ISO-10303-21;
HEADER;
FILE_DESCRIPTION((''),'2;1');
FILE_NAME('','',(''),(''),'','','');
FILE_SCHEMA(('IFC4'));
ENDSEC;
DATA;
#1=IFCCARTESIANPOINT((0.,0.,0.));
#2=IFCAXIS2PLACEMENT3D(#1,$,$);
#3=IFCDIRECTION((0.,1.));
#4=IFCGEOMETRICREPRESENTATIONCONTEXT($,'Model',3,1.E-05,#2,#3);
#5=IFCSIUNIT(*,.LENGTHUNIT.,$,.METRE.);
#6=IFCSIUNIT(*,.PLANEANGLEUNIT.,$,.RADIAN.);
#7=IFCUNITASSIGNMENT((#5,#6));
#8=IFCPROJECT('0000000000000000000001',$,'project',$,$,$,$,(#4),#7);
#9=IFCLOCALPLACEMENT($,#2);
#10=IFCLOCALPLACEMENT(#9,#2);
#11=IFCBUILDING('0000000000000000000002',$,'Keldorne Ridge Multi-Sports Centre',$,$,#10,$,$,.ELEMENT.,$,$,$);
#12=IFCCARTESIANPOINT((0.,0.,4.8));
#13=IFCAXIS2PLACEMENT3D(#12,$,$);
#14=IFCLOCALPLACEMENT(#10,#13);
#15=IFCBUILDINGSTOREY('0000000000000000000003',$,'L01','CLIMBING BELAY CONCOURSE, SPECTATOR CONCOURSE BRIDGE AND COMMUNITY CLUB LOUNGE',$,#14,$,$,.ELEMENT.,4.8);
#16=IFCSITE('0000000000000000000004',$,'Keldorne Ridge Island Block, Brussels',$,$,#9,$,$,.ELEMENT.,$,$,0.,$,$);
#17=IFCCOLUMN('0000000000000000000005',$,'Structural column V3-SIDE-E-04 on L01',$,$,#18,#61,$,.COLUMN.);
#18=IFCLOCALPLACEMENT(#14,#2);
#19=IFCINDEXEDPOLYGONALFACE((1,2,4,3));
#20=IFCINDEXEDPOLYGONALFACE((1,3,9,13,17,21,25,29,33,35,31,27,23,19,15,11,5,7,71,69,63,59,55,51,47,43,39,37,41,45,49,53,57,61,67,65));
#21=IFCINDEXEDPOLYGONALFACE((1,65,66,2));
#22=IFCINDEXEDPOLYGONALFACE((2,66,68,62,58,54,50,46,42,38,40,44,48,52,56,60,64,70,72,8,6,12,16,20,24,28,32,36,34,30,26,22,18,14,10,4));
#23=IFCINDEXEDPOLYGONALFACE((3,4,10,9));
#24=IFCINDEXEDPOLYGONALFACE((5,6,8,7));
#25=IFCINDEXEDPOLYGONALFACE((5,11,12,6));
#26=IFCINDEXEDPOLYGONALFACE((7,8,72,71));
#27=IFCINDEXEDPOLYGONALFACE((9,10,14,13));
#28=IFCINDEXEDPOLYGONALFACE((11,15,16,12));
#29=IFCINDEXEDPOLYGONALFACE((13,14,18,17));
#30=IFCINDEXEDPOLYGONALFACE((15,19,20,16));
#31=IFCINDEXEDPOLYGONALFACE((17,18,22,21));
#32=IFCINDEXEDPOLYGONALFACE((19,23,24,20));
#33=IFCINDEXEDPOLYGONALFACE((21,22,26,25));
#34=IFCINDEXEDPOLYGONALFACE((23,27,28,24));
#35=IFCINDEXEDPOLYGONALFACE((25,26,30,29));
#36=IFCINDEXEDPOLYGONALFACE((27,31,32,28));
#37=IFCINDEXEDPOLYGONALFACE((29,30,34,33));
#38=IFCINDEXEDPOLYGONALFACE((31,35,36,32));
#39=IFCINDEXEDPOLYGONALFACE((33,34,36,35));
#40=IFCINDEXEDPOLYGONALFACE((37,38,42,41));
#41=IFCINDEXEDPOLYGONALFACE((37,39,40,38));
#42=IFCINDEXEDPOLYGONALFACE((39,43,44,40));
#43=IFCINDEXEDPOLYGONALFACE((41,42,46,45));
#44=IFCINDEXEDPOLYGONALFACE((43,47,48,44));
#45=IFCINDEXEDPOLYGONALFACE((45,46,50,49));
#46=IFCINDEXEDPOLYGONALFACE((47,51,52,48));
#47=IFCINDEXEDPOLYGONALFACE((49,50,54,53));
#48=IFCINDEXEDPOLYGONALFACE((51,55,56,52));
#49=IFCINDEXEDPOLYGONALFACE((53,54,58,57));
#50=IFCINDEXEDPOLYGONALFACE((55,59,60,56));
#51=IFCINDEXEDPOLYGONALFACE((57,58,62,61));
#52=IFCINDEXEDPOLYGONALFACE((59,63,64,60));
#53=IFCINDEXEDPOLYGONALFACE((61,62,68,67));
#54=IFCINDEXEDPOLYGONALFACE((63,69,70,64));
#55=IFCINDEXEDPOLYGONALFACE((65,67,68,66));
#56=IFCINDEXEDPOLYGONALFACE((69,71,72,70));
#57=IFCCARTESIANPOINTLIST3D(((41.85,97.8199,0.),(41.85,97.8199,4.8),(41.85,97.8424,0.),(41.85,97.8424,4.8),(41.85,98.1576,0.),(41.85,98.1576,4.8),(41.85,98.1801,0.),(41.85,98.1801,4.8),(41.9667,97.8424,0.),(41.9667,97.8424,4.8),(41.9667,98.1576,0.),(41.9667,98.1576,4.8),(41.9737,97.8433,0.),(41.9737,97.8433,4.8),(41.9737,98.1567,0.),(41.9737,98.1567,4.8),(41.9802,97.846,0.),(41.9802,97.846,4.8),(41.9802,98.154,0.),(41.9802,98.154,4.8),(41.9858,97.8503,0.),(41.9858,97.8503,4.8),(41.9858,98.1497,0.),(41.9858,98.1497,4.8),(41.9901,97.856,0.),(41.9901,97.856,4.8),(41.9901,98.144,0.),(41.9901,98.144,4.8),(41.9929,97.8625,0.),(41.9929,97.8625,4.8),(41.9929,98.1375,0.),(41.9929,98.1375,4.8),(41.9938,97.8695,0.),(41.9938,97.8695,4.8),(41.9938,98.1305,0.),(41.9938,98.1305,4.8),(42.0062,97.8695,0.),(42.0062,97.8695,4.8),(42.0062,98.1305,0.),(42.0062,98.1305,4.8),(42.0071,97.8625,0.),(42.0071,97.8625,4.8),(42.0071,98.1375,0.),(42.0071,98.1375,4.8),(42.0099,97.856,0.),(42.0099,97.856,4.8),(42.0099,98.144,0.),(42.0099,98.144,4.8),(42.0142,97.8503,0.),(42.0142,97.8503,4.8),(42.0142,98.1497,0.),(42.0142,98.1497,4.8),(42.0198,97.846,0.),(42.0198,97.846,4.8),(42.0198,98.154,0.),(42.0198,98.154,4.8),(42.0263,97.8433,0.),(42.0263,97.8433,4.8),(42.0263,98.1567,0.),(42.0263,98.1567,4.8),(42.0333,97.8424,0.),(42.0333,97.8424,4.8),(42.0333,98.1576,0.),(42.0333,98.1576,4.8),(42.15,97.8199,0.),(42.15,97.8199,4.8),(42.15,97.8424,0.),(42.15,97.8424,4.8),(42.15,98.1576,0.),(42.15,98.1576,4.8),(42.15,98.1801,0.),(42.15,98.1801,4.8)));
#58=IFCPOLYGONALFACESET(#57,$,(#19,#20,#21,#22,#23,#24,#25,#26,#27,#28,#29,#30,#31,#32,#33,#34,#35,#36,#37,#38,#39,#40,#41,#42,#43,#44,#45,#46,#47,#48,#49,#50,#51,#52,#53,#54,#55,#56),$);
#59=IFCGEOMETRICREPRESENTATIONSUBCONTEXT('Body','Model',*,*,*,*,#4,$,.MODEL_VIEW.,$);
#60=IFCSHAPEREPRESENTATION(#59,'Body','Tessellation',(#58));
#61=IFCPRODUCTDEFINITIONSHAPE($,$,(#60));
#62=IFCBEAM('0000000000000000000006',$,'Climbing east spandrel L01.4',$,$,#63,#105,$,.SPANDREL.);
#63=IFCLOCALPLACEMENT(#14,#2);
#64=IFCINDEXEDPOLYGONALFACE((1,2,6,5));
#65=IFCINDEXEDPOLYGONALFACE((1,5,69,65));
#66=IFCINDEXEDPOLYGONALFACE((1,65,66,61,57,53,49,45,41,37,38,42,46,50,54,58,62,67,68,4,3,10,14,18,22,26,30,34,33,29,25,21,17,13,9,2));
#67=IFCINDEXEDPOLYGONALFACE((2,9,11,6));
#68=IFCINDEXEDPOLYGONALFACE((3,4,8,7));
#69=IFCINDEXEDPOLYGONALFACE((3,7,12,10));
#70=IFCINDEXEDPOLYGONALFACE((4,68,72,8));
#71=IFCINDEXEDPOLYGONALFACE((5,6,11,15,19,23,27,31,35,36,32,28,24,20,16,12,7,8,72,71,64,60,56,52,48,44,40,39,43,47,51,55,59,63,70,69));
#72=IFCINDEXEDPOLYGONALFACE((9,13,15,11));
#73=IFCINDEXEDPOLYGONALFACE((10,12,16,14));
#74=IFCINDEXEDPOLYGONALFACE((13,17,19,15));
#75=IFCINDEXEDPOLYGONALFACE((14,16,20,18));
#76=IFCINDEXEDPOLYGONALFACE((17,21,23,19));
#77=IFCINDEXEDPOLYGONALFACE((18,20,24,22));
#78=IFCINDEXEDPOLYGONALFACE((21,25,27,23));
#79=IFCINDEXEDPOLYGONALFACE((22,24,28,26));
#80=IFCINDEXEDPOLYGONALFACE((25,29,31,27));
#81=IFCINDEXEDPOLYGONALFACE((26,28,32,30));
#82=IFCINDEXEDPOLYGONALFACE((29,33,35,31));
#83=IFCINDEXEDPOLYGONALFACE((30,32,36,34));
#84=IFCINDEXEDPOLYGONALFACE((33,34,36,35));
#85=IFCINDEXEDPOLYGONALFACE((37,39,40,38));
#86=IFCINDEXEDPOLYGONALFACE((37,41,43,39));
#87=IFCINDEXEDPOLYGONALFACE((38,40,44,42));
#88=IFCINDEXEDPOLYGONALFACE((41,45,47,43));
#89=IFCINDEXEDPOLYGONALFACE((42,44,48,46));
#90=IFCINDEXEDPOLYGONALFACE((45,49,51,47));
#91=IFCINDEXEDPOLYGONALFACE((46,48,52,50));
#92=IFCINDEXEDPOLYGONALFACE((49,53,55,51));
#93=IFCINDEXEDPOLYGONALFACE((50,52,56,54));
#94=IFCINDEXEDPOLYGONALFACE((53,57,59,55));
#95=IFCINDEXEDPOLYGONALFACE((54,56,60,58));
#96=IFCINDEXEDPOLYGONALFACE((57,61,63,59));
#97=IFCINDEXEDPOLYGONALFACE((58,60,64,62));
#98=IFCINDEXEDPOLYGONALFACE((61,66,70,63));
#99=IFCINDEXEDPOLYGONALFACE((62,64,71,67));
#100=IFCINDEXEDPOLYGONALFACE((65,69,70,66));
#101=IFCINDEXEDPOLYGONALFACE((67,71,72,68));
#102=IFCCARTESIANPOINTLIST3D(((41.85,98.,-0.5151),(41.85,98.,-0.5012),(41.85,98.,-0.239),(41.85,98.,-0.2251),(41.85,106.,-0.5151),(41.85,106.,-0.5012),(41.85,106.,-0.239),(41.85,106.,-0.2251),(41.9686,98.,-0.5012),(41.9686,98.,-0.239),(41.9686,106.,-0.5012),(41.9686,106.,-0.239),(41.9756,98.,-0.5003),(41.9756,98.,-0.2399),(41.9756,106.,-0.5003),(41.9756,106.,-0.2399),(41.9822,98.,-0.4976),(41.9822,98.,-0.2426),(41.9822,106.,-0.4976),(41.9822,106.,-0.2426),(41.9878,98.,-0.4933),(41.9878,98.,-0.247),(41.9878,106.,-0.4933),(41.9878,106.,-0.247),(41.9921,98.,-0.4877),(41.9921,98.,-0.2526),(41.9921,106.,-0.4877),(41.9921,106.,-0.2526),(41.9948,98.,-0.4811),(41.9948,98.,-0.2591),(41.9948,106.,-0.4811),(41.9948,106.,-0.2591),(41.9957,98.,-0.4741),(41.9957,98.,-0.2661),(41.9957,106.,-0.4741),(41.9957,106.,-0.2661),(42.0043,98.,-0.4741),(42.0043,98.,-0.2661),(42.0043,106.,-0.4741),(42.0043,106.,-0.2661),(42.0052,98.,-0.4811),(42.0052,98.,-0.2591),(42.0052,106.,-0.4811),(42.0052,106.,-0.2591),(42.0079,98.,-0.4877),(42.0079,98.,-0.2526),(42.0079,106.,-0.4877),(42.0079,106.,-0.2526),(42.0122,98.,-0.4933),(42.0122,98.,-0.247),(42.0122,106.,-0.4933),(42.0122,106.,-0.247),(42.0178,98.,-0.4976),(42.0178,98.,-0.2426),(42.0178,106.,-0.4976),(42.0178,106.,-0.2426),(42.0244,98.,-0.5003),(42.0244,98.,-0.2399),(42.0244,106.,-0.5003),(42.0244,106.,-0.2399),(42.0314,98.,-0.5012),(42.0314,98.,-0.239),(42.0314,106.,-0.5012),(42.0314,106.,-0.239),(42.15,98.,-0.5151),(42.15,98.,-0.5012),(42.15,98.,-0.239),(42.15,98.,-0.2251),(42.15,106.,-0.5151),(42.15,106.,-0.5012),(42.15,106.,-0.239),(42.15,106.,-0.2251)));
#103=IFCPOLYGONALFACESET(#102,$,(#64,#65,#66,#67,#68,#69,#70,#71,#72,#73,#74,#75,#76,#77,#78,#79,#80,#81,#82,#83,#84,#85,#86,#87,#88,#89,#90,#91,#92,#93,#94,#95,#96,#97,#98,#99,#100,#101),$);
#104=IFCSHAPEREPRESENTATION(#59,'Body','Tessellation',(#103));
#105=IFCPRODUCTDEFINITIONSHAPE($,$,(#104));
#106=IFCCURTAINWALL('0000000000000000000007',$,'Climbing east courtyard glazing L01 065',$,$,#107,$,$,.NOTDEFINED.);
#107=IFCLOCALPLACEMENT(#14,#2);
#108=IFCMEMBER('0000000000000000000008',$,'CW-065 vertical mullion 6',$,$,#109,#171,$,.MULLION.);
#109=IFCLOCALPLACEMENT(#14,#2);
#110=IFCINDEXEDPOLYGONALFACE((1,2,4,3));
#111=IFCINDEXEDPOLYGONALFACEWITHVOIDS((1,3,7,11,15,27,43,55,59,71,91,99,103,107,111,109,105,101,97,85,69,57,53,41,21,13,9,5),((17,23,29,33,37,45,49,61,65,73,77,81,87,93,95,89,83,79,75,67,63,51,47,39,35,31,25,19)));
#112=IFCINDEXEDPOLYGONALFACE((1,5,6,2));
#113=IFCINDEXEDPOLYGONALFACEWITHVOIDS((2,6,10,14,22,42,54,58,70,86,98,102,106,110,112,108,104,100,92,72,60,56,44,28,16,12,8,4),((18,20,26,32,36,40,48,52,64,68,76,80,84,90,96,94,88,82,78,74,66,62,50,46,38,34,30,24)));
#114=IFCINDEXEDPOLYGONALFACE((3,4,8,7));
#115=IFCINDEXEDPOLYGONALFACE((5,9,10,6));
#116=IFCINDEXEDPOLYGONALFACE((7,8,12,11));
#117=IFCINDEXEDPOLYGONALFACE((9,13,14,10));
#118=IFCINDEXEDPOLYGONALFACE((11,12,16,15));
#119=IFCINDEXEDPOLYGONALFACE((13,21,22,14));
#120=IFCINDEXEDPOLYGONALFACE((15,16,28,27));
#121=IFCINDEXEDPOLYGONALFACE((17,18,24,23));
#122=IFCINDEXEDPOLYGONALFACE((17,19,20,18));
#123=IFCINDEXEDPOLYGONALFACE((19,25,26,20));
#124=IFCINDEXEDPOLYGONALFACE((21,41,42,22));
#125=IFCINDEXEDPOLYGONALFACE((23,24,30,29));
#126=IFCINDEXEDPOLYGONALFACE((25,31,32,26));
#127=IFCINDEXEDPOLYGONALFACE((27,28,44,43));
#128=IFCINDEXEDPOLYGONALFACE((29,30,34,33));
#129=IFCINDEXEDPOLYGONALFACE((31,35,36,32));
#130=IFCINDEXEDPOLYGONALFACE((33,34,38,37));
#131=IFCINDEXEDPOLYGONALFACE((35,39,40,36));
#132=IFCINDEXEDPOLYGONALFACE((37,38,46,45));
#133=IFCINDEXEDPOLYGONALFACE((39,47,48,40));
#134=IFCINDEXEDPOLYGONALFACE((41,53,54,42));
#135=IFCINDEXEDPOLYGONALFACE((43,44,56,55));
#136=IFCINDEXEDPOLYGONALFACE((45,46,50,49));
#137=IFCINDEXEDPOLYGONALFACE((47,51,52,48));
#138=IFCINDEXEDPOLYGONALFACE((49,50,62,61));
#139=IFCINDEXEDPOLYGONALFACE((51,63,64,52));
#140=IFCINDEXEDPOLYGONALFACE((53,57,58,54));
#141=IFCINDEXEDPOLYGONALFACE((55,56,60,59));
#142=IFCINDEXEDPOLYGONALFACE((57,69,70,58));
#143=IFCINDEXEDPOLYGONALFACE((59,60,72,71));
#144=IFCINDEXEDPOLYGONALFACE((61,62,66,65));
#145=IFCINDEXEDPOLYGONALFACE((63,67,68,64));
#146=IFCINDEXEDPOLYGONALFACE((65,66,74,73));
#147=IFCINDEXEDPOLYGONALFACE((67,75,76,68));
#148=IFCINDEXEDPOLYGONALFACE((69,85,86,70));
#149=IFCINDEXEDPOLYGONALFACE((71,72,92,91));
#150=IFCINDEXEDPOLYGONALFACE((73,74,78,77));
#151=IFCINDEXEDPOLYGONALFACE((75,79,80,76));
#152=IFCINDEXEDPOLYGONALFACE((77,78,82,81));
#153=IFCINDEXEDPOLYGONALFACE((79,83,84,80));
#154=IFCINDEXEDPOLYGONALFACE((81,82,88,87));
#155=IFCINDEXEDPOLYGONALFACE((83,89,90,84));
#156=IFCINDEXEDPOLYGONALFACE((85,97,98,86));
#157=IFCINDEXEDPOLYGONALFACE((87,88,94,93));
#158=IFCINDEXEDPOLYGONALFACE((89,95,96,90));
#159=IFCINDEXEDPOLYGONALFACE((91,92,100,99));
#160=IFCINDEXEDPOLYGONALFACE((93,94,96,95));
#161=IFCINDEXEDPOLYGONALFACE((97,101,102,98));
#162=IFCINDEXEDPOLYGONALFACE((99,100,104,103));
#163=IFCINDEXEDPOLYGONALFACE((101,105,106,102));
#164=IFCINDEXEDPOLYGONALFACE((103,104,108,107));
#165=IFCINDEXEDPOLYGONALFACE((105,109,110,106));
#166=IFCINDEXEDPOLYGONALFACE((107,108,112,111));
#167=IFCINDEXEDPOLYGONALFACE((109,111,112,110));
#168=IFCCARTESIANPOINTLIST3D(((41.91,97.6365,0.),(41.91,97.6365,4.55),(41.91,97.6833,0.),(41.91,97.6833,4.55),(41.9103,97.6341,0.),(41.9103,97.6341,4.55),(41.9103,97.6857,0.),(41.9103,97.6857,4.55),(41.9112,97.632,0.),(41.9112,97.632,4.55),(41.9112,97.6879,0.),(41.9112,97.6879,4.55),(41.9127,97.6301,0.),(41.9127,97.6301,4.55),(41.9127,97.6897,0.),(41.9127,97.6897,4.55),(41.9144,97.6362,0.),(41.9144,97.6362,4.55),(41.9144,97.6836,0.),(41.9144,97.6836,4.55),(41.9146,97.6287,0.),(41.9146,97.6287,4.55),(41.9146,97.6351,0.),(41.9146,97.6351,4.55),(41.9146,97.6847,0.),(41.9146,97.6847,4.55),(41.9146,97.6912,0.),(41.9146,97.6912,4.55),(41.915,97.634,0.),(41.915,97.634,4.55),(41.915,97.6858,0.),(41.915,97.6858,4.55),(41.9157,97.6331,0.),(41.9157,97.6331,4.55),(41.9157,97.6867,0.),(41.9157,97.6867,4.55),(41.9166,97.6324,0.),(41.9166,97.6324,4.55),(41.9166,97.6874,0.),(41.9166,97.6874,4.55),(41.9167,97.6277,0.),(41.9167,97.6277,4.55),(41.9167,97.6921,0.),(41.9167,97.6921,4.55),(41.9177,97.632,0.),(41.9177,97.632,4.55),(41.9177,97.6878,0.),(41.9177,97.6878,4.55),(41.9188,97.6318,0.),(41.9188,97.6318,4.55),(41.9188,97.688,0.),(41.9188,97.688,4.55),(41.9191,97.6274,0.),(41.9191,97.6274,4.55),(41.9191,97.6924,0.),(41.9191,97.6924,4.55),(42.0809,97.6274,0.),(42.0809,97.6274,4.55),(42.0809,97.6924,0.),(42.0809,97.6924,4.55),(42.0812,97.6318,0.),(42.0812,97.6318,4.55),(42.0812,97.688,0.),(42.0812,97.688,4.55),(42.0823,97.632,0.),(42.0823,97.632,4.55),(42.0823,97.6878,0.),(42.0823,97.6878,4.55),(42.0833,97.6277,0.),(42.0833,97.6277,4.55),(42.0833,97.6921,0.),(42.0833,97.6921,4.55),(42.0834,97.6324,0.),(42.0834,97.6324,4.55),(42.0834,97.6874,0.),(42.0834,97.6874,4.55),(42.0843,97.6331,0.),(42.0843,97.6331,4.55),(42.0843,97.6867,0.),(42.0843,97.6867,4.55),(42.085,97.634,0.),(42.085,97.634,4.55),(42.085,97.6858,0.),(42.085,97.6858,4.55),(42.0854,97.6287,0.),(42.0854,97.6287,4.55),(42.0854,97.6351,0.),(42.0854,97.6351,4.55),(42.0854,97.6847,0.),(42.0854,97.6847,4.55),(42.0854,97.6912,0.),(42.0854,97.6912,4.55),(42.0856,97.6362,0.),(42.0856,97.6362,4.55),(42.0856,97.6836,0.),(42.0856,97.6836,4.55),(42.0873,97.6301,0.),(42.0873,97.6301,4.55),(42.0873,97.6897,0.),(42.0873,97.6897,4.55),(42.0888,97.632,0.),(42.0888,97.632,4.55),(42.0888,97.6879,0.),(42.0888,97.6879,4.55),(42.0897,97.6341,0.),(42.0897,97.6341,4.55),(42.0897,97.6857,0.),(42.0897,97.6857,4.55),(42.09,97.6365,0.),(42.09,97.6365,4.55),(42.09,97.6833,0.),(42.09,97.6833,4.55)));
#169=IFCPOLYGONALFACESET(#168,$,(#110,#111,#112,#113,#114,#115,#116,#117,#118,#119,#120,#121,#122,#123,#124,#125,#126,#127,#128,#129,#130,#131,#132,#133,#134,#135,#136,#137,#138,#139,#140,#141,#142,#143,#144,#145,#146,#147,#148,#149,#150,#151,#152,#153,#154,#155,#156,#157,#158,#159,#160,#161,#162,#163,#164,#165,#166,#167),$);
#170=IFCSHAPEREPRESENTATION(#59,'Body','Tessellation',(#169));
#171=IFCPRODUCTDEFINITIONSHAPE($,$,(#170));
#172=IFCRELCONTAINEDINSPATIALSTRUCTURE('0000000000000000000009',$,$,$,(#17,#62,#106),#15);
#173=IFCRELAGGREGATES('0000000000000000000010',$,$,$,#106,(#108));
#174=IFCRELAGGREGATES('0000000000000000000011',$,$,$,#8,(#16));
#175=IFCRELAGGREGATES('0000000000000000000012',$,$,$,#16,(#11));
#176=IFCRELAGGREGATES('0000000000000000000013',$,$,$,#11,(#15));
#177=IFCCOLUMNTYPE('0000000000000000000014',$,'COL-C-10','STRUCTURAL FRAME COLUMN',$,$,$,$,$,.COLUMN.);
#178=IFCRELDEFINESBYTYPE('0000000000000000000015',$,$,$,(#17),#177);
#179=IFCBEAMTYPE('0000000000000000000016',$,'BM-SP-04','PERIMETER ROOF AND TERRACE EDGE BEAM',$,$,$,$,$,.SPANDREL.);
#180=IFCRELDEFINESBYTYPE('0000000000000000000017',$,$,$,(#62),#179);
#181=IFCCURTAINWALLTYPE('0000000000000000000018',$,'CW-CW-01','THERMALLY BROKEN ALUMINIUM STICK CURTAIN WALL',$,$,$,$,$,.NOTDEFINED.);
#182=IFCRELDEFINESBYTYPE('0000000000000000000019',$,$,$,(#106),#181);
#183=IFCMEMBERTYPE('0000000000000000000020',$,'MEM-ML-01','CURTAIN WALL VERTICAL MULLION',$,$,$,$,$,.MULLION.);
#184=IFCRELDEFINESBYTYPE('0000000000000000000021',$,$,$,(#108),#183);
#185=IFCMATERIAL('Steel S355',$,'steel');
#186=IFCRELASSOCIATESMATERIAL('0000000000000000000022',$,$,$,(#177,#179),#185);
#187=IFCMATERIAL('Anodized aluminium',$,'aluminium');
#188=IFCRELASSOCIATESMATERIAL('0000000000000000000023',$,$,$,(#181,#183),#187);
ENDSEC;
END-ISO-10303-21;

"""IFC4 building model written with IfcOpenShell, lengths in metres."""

from ifc_helpers import new_model, si_unit, direction, frame, origin, origin_2d, place, context, subcontext, project, spatial, hollow_rectangle, i_section, extrude, material, material_profile, profile_set, type_object, element, aggregate, save


model = new_model("IFC4")

# Units and contexts
model_context = context("Model", 3, precision=1e-05, world=origin(), true_north=direction((0.0, 1.0)))
body_context = subcontext(model_context, "Body", "Model", "MODEL_VIEW")
ifc_project = project(units=[si_unit("LENGTHUNIT", "METRE"), si_unit("PLANEANGLEUNIT", "RADIAN")], contexts=[model_context])

# Site, building, storey
site_placement = place(None, origin())
site = spatial("IfcSite", under=ifc_project, at=site_placement, Name="Keldorne Ridge Island Block, Brussels", CompositionType="ELEMENT", RefElevation=0.0)
building_placement = place(site_placement, origin())
building = spatial("IfcBuilding", under=site, at=building_placement, Name="Keldorne Ridge Multi-Sports Centre", CompositionType="ELEMENT")
storey_placement = place(building_placement, frame((0.0, 0.0, 4.8)))
storey = spatial("IfcBuildingStorey", under=building, at=storey_placement, Name="L01", Description="CLIMBING BELAY CONCOURSE, SPECTATOR CONCOURSE BRIDGE AND COMMUNITY CLUB LOUNGE", CompositionType="ELEMENT", Elevation=4.8)

# Column
ifc_material_1 = material(Name="Steel S355", Category="steel")
ifc_material_profile_1 = material_profile(ifc_material_1, i_section(OverallWidth=0.3, OverallDepth=0.3601, WebThickness=0.0125, FlangeThickness=0.0225, FilletRadius=0.0271, at=origin_2d()), Name="HEB 360")
ifc_profile_set_1 = profile_set([ifc_material_profile_1], Name="Steel S355")
column_type = type_object("IfcColumnType", Name="COL-C-10", Description="STRUCTURAL FRAME COLUMN", PredefinedType="COLUMN", material=ifc_profile_set_1)
column_placement = place(storey_placement, frame((42.0, 98.0, 0.0), z_axis=(0.0, 0.0, 1.0), x_axis=(1.0, 0.0, 0.0)))
element("IfcColumn", 1, at=column_placement, inside=storey, type_object=column_type, Name="Structural column V3-SIDE-E-04 on L01", PredefinedType="COLUMN", context=body_context, shape_type="SweptSolid", body=[
    extrude(i_section(OverallWidth=0.3, OverallDepth=0.3601, WebThickness=0.0125, FlangeThickness=0.0225, FilletRadius=0.0271, at=origin_2d()), origin(), (0.0, 0.0, 1.0), 4.8),
])

# Beam
ifc_material_profile_2 = material_profile(ifc_material_1, i_section(OverallWidth=0.3, OverallDepth=0.29, WebThickness=0.0085, FlangeThickness=0.0139, FilletRadius=0.0271, at=origin_2d()), Name="HEA 300")
ifc_profile_set_2 = profile_set([ifc_material_profile_2], Name="Steel S355")
beam_type = type_object("IfcBeamType", Name="BM-SP-04", Description="PERIMETER ROOF AND TERRACE EDGE BEAM", PredefinedType="SPANDREL", material=ifc_profile_set_2)
beam_placement = place(storey_placement, frame((42.0, 98.0, -0.3701), z_axis=(0.0, 1.0, 0.0), x_axis=(-1.0, 0.0, 0.0)))
element("IfcBeam", 2, at=beam_placement, inside=storey, type_object=beam_type, Name="Climbing east spandrel L01.4", PredefinedType="SPANDREL", context=body_context, shape_type="SweptSolid", body=[
    extrude(i_section(OverallWidth=0.3, OverallDepth=0.29, WebThickness=0.0085, FlangeThickness=0.0139, FilletRadius=0.0271, at=origin_2d()), origin(), (0.0, 0.0, 1.0), 8.0),
])

# Curtain wall, member
ifc_material_2 = material(Name="Anodized aluminium", Category="aluminium")
curtain_wall_type_1 = type_object("IfcCurtainWallType", Name="CW-CW-01", Description="THERMALLY BROKEN ALUMINIUM STICK CURTAIN WALL", PredefinedType="NOTDEFINED", material=ifc_material_2)
curtain_wall_1_placement = place(storey_placement, origin())
curtain_wall_1 = element("IfcCurtainWall", 3, at=curtain_wall_1_placement, inside=storey, type_object=curtain_wall_type_1, Name="Climbing east courtyard glazing L01 065", PredefinedType="NOTDEFINED")
ifc_material_profile_3 = material_profile(ifc_material_2, hollow_rectangle(XDim=0.0649, YDim=0.1799, WallThickness=0.0044, InnerFilletRadius=0.0044, OuterFilletRadius=0.009, at=origin_2d()), Name="ALU MULLION 180x65x4.5")
ifc_profile_set_3 = profile_set([ifc_material_profile_3], Name="Anodized aluminium")
member_type_1 = type_object("IfcMemberType", Name="MEM-ML-01", Description="CURTAIN WALL VERTICAL MULLION", PredefinedType="MULLION", material=ifc_profile_set_3)
member_1_placement = place(storey_placement, frame((42.0, 97.6599, 0.0), z_axis=(0.0, 0.0, 1.0), x_axis=(0.0, 1.0, 0.0)))
member_1 = element("IfcMember", 4, at=member_1_placement, type_object=member_type_1, Name="CW-065 vertical mullion 6", PredefinedType="MULLION", context=body_context, shape_type="SweptSolid", body=[
    extrude(hollow_rectangle(XDim=0.0649, YDim=0.1799, WallThickness=0.0044, InnerFilletRadius=0.0044, OuterFilletRadius=0.009, at=origin_2d()), origin(), (0.0, 0.0, 1.0), 4.55),
])

aggregate(curtain_wall_1, [member_1])

save(model, "model.ifc")
